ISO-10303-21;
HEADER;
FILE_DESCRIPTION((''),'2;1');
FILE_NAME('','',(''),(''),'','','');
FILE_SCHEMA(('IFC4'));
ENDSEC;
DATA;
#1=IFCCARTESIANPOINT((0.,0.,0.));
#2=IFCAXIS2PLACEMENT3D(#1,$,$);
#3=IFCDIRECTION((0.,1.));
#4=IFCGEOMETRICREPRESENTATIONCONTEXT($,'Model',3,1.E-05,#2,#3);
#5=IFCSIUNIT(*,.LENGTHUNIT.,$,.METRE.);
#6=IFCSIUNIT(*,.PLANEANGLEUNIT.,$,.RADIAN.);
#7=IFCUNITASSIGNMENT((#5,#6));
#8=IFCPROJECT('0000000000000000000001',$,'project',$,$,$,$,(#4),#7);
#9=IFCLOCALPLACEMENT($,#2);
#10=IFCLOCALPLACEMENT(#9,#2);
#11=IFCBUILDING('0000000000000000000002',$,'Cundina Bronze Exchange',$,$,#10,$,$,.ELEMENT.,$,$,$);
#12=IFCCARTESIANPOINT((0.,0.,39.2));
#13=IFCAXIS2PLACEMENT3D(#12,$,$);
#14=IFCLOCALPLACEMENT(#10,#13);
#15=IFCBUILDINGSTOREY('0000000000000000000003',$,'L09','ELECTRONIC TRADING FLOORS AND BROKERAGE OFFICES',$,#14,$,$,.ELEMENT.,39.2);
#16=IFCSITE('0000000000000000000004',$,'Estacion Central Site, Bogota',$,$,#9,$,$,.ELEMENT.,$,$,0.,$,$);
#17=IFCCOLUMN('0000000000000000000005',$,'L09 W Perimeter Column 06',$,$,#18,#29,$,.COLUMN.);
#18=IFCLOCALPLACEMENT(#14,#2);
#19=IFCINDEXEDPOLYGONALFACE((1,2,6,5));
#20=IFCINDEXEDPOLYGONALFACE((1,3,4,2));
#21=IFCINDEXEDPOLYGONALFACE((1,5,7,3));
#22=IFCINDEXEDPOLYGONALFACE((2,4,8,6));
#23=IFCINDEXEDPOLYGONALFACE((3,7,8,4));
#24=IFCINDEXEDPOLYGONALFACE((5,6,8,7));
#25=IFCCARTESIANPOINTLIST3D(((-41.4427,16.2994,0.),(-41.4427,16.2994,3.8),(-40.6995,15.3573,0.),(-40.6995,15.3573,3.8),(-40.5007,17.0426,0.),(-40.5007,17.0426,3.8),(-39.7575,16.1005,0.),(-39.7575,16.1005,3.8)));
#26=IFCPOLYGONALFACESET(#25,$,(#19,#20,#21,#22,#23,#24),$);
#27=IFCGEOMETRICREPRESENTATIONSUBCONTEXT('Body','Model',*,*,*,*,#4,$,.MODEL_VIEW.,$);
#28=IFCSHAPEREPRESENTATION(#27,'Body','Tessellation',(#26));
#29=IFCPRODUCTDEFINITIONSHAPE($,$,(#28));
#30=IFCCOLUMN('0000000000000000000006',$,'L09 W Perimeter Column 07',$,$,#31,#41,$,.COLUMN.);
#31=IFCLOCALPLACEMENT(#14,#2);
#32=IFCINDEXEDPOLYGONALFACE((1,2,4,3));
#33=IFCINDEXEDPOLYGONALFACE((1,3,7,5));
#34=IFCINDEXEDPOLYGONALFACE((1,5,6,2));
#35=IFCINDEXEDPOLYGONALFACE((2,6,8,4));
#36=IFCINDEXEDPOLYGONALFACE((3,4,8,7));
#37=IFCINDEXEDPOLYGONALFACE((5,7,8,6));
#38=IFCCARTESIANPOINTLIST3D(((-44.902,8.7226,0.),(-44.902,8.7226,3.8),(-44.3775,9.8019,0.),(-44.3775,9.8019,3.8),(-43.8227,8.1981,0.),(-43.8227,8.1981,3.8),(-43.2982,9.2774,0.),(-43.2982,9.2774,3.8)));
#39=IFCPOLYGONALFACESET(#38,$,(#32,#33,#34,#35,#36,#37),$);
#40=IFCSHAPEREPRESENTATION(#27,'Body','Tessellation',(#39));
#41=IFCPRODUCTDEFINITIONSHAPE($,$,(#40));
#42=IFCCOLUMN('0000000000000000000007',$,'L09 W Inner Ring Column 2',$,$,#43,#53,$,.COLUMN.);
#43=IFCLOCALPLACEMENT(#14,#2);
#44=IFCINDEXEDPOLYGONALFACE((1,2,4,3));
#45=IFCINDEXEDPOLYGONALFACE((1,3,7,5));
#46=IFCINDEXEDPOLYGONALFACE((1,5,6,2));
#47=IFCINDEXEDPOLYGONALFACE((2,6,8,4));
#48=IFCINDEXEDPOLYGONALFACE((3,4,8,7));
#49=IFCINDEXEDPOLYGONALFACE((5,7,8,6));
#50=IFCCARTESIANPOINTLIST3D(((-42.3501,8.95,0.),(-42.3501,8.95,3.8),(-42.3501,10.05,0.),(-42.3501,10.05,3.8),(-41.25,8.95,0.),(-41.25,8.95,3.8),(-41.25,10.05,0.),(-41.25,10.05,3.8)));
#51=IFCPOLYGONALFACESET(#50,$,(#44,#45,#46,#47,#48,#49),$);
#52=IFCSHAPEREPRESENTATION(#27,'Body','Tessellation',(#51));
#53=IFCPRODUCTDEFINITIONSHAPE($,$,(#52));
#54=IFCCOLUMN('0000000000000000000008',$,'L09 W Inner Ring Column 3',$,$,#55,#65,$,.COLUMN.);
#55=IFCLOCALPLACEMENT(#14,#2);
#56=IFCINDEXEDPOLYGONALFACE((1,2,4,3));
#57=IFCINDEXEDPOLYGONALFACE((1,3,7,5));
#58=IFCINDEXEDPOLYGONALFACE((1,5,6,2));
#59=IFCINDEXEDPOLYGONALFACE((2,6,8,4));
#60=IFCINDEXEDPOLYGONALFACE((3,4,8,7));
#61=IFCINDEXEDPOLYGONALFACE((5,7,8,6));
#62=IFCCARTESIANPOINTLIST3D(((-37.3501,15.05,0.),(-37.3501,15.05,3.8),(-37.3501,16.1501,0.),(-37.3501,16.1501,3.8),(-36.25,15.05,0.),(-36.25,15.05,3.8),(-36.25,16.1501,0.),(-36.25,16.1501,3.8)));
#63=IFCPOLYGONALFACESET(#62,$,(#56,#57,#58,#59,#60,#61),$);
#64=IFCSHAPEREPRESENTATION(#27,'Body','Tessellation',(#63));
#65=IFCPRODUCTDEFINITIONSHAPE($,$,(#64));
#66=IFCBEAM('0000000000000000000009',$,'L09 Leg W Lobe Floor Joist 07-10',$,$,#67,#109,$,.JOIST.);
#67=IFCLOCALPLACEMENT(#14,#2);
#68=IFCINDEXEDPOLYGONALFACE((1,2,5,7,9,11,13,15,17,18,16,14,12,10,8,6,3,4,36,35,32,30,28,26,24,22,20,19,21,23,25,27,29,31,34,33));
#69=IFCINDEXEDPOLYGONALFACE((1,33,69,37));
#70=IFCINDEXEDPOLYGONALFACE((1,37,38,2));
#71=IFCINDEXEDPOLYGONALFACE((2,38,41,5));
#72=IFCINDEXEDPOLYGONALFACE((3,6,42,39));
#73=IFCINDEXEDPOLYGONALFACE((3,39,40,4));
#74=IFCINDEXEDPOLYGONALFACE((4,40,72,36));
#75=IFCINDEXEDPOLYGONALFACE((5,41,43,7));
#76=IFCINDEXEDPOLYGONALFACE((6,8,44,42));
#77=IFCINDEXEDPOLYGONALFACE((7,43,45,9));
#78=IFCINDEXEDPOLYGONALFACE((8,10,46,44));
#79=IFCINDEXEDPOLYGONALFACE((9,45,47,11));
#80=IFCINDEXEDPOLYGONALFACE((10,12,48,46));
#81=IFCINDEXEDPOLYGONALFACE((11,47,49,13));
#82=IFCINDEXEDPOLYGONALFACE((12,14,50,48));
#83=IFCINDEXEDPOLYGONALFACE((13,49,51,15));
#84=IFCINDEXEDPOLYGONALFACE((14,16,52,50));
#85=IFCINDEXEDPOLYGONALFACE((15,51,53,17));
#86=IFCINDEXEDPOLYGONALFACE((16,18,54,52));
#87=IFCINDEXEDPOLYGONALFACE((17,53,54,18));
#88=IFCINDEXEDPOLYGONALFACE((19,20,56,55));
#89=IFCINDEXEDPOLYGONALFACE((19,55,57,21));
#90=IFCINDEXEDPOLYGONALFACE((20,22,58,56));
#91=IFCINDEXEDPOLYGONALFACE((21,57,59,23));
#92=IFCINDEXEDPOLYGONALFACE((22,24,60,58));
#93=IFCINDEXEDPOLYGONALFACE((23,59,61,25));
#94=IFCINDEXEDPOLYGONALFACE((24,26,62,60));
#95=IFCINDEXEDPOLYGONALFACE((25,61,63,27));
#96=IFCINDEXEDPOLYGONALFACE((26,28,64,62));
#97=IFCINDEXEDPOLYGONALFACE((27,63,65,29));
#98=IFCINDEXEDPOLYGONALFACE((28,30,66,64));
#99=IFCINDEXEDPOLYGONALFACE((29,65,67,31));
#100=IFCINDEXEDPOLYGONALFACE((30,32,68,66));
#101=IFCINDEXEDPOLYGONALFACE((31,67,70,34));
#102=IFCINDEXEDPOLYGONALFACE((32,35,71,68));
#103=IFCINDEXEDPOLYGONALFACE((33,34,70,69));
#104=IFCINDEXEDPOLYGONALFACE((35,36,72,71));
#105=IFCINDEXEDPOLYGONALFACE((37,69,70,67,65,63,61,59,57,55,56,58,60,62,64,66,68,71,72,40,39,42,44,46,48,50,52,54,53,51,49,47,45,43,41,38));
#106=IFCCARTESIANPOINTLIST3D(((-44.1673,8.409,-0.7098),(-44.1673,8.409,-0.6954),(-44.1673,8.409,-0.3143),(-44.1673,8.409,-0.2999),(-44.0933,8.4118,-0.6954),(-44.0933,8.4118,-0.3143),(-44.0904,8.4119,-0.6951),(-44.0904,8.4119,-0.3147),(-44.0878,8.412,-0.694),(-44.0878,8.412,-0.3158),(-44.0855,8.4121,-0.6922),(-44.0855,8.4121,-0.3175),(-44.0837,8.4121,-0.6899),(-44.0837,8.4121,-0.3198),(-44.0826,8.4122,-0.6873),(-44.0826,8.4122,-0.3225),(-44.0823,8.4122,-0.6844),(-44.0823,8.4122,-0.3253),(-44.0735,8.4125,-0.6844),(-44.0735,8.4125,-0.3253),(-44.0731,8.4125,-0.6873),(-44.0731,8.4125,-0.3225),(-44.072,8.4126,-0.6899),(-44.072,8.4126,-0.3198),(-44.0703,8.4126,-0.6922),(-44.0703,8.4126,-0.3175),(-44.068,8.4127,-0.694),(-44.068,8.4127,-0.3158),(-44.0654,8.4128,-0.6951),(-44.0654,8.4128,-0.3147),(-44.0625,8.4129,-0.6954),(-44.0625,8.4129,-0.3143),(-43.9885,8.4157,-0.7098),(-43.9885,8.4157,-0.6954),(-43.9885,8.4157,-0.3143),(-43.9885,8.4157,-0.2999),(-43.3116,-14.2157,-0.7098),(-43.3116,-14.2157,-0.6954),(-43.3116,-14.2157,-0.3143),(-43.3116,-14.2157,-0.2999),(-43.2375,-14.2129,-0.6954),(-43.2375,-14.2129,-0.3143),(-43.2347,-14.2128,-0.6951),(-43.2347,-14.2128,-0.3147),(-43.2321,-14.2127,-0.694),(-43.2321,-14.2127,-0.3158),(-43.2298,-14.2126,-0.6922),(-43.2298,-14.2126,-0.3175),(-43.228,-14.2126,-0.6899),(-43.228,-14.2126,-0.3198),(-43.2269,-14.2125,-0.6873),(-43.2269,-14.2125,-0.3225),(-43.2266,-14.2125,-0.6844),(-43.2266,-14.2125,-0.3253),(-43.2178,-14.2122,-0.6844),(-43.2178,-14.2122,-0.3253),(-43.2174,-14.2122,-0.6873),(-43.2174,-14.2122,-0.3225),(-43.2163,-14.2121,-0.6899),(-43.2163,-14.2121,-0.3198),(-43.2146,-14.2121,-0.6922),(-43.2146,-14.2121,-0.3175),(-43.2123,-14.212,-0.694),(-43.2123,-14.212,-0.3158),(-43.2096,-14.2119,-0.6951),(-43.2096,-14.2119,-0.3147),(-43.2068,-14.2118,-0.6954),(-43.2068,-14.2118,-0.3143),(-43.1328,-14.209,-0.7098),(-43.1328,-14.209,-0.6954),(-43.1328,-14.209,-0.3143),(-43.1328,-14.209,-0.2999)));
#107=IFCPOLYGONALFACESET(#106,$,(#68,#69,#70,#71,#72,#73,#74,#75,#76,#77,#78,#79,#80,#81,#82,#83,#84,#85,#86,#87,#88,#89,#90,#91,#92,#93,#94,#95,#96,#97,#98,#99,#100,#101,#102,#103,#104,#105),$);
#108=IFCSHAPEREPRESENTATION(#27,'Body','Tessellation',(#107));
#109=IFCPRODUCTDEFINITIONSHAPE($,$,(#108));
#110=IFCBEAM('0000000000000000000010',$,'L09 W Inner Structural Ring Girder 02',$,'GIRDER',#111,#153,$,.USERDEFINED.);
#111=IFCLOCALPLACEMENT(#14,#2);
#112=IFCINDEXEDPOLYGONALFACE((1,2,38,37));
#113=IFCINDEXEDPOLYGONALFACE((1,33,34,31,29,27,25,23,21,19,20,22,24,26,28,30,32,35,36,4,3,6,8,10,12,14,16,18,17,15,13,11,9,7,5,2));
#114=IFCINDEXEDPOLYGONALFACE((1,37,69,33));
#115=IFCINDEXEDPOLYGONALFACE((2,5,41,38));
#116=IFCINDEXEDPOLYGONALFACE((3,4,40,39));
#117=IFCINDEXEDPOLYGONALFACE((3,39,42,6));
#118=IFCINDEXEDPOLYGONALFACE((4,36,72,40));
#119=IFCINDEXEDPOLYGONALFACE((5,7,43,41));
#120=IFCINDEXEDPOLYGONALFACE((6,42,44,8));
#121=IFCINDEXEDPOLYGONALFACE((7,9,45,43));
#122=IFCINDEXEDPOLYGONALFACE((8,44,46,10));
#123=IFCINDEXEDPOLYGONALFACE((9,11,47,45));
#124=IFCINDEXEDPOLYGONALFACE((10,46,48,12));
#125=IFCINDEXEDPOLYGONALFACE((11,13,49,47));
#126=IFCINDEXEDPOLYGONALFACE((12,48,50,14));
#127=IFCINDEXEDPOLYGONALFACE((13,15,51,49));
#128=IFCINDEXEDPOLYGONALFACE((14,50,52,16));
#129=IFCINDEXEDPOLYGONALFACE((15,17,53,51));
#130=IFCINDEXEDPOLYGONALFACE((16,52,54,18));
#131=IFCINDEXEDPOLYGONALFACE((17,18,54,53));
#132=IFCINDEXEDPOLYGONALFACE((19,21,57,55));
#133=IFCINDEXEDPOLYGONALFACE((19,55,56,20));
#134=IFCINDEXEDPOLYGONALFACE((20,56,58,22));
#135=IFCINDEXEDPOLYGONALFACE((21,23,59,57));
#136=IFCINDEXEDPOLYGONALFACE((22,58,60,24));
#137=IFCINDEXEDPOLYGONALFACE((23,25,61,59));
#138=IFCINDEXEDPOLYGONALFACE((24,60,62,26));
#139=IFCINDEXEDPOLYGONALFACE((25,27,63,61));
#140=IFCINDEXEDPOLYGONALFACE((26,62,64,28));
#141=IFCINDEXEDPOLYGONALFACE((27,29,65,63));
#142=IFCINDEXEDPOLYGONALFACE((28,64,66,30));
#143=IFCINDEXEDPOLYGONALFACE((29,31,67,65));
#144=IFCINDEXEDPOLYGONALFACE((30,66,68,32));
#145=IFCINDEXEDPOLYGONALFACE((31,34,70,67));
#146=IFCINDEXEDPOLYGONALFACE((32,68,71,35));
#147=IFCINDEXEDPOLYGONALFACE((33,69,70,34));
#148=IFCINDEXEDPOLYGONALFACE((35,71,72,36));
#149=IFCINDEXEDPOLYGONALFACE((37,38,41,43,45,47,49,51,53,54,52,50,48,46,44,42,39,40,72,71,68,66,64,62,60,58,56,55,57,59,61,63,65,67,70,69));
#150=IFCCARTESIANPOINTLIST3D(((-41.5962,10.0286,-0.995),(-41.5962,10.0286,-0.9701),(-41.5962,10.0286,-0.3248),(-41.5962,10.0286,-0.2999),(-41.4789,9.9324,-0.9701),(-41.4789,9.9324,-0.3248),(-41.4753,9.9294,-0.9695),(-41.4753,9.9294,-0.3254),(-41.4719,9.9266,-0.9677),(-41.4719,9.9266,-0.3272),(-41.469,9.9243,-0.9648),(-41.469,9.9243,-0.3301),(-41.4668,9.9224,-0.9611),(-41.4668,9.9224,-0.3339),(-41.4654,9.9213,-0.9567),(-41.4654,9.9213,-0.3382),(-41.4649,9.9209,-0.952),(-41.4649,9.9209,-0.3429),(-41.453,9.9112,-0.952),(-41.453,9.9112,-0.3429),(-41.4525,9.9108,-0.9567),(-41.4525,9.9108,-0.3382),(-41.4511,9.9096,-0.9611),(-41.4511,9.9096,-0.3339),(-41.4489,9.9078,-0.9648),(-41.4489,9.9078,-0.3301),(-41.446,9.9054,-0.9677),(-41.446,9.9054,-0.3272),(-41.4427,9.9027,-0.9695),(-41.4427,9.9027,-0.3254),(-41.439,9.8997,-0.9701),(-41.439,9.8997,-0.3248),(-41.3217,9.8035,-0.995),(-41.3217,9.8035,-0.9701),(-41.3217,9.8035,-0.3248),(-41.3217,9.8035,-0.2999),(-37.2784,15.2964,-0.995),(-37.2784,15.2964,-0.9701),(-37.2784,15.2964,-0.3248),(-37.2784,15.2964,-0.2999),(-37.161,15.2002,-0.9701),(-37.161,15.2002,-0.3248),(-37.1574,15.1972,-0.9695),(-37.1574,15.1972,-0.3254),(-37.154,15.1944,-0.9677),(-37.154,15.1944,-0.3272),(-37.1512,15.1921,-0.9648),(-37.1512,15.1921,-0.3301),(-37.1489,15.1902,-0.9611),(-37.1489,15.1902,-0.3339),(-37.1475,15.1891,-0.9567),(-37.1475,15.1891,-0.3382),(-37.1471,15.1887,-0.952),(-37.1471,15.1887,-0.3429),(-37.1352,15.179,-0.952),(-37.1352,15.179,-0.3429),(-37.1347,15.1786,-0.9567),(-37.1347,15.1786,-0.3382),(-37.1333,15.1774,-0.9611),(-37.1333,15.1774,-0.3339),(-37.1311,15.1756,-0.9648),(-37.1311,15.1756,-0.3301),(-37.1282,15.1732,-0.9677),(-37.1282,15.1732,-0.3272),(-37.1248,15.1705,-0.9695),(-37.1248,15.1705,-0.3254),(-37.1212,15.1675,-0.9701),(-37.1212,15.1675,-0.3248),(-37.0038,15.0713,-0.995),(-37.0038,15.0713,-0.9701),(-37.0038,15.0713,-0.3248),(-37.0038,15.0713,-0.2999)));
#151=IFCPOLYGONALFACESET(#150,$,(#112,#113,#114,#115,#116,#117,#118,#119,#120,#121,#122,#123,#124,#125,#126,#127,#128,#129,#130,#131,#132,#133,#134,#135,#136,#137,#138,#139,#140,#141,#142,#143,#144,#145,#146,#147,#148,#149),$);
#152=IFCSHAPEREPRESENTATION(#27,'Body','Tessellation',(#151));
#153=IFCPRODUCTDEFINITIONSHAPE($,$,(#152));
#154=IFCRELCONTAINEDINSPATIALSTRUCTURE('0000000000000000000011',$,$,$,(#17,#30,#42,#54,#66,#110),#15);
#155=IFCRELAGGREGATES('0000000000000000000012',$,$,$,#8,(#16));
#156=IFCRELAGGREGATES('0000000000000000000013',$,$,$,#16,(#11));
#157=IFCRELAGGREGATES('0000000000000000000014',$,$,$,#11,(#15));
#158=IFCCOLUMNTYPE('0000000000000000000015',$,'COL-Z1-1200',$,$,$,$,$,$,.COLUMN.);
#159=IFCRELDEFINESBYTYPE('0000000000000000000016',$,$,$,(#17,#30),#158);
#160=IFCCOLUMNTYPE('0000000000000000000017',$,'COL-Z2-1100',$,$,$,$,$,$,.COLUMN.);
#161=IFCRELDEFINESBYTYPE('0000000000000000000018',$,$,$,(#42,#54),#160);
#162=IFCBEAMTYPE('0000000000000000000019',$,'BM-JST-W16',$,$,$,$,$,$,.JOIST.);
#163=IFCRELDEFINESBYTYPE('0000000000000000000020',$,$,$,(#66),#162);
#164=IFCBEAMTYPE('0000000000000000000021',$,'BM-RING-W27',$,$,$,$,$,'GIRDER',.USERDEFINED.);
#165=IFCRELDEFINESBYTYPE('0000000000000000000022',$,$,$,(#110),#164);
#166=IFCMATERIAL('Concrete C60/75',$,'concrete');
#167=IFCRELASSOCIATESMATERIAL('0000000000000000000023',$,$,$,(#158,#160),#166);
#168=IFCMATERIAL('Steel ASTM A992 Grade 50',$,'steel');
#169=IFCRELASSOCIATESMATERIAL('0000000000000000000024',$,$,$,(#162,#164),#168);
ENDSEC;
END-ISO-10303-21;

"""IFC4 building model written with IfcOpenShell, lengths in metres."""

from ifc_helpers import new_model, si_unit, direction, frame, origin, origin_2d, place, context, subcontext, project, spatial, rectangle, i_section, extrude, material, material_profile, profile_set, type_object, element, save


model = new_model("IFC4")

# Units and contexts
model_context = context("Model", 3, precision=1e-05, world=origin(), true_north=direction((0.0, 1.0)))
body_context = subcontext(model_context, "Body", "Model", "MODEL_VIEW")
ifc_project = project(units=[si_unit("LENGTHUNIT", "METRE"), si_unit("PLANEANGLEUNIT", "RADIAN")], contexts=[model_context])

# Site, building, storey
site_placement = place(None, origin())
site = spatial("IfcSite", under=ifc_project, at=site_placement, Name="Estacion Central Site, Bogota", CompositionType="ELEMENT", RefElevation=0.0)
building_placement = place(site_placement, origin())
building = spatial("IfcBuilding", under=site, at=building_placement, Name="Cundina Bronze Exchange", CompositionType="ELEMENT")
storey_placement = place(building_placement, frame((0.0, 0.0, 39.2)))
storey = spatial("IfcBuildingStorey", under=building, at=storey_placement, Name="L09", Description="ELECTRONIC TRADING FLOORS AND BROKERAGE OFFICES", CompositionType="ELEMENT", Elevation=39.2)

# Columns
ifc_material_1 = material(Name="Concrete C60/75", Category="concrete")
ifc_material_profile_1 = material_profile(ifc_material_1, rectangle(XDim=1.2, YDim=1.2, at=origin_2d()), Name="RC1200X1200", Category="concrete")
ifc_profile_set_1 = profile_set([ifc_material_profile_1], Name="Concrete C60/75")
column_type_1 = type_object("IfcColumnType", Name="COL-Z1-1200", PredefinedType="COLUMN", material=ifc_profile_set_1)
for number, where, z_axis, x_axis, name in (
    (1, (-40.6001, 16.2, 0.0), (0.0, 0.0, 1.0), (-0.785101, -0.619368, 0.0), "L09 W Perimeter Column 06"),
    (2, (-44.1001, 9.0, 0.0), (0.0, 0.0, 1.0), (-0.437116, -0.899405, 0.0), "L09 W Perimeter Column 07"),
):
    element("IfcColumn", number, at=place(storey_placement, frame(where, z_axis=z_axis, x_axis=x_axis)), inside=storey, type_object=column_type_1, Name=name, PredefinedType="COLUMN", context=body_context, shape_type="SweptSolid", body=[
        extrude(rectangle(XDim=1.2, YDim=1.2, at=origin_2d()), origin(), (0.0, 0.0, 1.0), 3.8),
    ])
ifc_material_profile_2 = material_profile(ifc_material_1, rectangle(XDim=1.1001, YDim=1.1001, at=origin_2d()), Name="RC1100X1100", Category="concrete")
ifc_profile_set_2 = profile_set([ifc_material_profile_2], Name="Concrete C60/75")
column_type_2 = type_object("IfcColumnType", Name="COL-Z2-1100", PredefinedType="COLUMN", material=ifc_profile_set_2)
for number, where, z_axis, x_axis, name in (
    (3, (-41.8, 9.5, 0.0), (0.0, 0.0, 1.0), (1.0, 0.0, 0.0), "L09 W Inner Ring Column 2"),
    (4, (-36.8, 15.6001, 0.0), (0.0, 0.0, 1.0), (1.0, 0.0, 0.0), "L09 W Inner Ring Column 3"),
):
    element("IfcColumn", number, at=place(storey_placement, frame(where, z_axis=z_axis, x_axis=x_axis)), inside=storey, type_object=column_type_2, Name=name, PredefinedType="COLUMN", context=body_context, shape_type="SweptSolid", body=[
        extrude(rectangle(XDim=1.1001, YDim=1.1001, at=origin_2d()), origin(), (0.0, 0.0, 1.0), 3.8),
    ])

# Beams
ifc_material_2 = material(Name="Steel ASTM A992 Grade 50", Category="steel")
ifc_material_profile_3 = material_profile(ifc_material_2, i_section(OverallWidth=0.179, OverallDepth=0.4099, WebThickness=0.0088, FlangeThickness=0.0144, FilletRadius=0.011, at=origin_2d()), Name="W16X45", Category="steel")
ifc_profile_set_3 = profile_set([ifc_material_profile_3], Name="Steel ASTM A992 Grade 50")
beam_type_1 = type_object("IfcBeamType", Name="BM-JST-W16", PredefinedType="JOIST", material=ifc_profile_set_3)
beam_1_placement = place(storey_placement, frame((-44.0779, 8.4124, -0.5049), z_axis=(0.037795, -0.999286, 0.0), x_axis=(0.999286, 0.037795, 0.0)))
element("IfcBeam", 5, at=beam_1_placement, inside=storey, type_object=beam_type_1, Name="L09 Leg W Lobe Floor Joist 07-10", PredefinedType="JOIST", context=body_context, shape_type="SweptSolid", body=[
    extrude(i_section(OverallWidth=0.179, OverallDepth=0.4099, WebThickness=0.0088, FlangeThickness=0.0144, FilletRadius=0.011, at=origin_2d()), origin(), (0.0, 0.0, 1.0), 22.6409),
])
ifc_material_profile_4 = material_profile(ifc_material_2, i_section(OverallWidth=0.355, OverallDepth=0.6951, WebThickness=0.0154, FlangeThickness=0.0249, FilletRadius=0.0181, at=origin_2d()), Name="W27X146", Category="steel")
ifc_profile_set_4 = profile_set([ifc_material_profile_4], Name="Steel ASTM A992 Grade 50")
beam_type_2 = type_object("IfcBeamType", Name="BM-RING-W27", ElementType="GIRDER", PredefinedType="USERDEFINED", material=ifc_profile_set_4)
beam_2_placement = place(storey_placement, frame((-37.1411, 15.1838, -0.6475), z_axis=(-0.633927, -0.773393, 0.0), x_axis=(0.773393, -0.633927, 0.0)))
element("IfcBeam", 6, at=beam_2_placement, inside=storey, type_object=beam_type_2, Name="L09 W Inner Structural Ring Girder 02", ObjectType="GIRDER", PredefinedType="USERDEFINED", context=body_context, shape_type="SweptSolid", body=[
    extrude(i_section(OverallWidth=0.355, OverallDepth=0.6951, WebThickness=0.0154, FlangeThickness=0.0249, FilletRadius=0.0181, at=origin_2d()), origin(), (0.0, 0.0, 1.0), 6.8113),
])

save(model, "model.ifc")
